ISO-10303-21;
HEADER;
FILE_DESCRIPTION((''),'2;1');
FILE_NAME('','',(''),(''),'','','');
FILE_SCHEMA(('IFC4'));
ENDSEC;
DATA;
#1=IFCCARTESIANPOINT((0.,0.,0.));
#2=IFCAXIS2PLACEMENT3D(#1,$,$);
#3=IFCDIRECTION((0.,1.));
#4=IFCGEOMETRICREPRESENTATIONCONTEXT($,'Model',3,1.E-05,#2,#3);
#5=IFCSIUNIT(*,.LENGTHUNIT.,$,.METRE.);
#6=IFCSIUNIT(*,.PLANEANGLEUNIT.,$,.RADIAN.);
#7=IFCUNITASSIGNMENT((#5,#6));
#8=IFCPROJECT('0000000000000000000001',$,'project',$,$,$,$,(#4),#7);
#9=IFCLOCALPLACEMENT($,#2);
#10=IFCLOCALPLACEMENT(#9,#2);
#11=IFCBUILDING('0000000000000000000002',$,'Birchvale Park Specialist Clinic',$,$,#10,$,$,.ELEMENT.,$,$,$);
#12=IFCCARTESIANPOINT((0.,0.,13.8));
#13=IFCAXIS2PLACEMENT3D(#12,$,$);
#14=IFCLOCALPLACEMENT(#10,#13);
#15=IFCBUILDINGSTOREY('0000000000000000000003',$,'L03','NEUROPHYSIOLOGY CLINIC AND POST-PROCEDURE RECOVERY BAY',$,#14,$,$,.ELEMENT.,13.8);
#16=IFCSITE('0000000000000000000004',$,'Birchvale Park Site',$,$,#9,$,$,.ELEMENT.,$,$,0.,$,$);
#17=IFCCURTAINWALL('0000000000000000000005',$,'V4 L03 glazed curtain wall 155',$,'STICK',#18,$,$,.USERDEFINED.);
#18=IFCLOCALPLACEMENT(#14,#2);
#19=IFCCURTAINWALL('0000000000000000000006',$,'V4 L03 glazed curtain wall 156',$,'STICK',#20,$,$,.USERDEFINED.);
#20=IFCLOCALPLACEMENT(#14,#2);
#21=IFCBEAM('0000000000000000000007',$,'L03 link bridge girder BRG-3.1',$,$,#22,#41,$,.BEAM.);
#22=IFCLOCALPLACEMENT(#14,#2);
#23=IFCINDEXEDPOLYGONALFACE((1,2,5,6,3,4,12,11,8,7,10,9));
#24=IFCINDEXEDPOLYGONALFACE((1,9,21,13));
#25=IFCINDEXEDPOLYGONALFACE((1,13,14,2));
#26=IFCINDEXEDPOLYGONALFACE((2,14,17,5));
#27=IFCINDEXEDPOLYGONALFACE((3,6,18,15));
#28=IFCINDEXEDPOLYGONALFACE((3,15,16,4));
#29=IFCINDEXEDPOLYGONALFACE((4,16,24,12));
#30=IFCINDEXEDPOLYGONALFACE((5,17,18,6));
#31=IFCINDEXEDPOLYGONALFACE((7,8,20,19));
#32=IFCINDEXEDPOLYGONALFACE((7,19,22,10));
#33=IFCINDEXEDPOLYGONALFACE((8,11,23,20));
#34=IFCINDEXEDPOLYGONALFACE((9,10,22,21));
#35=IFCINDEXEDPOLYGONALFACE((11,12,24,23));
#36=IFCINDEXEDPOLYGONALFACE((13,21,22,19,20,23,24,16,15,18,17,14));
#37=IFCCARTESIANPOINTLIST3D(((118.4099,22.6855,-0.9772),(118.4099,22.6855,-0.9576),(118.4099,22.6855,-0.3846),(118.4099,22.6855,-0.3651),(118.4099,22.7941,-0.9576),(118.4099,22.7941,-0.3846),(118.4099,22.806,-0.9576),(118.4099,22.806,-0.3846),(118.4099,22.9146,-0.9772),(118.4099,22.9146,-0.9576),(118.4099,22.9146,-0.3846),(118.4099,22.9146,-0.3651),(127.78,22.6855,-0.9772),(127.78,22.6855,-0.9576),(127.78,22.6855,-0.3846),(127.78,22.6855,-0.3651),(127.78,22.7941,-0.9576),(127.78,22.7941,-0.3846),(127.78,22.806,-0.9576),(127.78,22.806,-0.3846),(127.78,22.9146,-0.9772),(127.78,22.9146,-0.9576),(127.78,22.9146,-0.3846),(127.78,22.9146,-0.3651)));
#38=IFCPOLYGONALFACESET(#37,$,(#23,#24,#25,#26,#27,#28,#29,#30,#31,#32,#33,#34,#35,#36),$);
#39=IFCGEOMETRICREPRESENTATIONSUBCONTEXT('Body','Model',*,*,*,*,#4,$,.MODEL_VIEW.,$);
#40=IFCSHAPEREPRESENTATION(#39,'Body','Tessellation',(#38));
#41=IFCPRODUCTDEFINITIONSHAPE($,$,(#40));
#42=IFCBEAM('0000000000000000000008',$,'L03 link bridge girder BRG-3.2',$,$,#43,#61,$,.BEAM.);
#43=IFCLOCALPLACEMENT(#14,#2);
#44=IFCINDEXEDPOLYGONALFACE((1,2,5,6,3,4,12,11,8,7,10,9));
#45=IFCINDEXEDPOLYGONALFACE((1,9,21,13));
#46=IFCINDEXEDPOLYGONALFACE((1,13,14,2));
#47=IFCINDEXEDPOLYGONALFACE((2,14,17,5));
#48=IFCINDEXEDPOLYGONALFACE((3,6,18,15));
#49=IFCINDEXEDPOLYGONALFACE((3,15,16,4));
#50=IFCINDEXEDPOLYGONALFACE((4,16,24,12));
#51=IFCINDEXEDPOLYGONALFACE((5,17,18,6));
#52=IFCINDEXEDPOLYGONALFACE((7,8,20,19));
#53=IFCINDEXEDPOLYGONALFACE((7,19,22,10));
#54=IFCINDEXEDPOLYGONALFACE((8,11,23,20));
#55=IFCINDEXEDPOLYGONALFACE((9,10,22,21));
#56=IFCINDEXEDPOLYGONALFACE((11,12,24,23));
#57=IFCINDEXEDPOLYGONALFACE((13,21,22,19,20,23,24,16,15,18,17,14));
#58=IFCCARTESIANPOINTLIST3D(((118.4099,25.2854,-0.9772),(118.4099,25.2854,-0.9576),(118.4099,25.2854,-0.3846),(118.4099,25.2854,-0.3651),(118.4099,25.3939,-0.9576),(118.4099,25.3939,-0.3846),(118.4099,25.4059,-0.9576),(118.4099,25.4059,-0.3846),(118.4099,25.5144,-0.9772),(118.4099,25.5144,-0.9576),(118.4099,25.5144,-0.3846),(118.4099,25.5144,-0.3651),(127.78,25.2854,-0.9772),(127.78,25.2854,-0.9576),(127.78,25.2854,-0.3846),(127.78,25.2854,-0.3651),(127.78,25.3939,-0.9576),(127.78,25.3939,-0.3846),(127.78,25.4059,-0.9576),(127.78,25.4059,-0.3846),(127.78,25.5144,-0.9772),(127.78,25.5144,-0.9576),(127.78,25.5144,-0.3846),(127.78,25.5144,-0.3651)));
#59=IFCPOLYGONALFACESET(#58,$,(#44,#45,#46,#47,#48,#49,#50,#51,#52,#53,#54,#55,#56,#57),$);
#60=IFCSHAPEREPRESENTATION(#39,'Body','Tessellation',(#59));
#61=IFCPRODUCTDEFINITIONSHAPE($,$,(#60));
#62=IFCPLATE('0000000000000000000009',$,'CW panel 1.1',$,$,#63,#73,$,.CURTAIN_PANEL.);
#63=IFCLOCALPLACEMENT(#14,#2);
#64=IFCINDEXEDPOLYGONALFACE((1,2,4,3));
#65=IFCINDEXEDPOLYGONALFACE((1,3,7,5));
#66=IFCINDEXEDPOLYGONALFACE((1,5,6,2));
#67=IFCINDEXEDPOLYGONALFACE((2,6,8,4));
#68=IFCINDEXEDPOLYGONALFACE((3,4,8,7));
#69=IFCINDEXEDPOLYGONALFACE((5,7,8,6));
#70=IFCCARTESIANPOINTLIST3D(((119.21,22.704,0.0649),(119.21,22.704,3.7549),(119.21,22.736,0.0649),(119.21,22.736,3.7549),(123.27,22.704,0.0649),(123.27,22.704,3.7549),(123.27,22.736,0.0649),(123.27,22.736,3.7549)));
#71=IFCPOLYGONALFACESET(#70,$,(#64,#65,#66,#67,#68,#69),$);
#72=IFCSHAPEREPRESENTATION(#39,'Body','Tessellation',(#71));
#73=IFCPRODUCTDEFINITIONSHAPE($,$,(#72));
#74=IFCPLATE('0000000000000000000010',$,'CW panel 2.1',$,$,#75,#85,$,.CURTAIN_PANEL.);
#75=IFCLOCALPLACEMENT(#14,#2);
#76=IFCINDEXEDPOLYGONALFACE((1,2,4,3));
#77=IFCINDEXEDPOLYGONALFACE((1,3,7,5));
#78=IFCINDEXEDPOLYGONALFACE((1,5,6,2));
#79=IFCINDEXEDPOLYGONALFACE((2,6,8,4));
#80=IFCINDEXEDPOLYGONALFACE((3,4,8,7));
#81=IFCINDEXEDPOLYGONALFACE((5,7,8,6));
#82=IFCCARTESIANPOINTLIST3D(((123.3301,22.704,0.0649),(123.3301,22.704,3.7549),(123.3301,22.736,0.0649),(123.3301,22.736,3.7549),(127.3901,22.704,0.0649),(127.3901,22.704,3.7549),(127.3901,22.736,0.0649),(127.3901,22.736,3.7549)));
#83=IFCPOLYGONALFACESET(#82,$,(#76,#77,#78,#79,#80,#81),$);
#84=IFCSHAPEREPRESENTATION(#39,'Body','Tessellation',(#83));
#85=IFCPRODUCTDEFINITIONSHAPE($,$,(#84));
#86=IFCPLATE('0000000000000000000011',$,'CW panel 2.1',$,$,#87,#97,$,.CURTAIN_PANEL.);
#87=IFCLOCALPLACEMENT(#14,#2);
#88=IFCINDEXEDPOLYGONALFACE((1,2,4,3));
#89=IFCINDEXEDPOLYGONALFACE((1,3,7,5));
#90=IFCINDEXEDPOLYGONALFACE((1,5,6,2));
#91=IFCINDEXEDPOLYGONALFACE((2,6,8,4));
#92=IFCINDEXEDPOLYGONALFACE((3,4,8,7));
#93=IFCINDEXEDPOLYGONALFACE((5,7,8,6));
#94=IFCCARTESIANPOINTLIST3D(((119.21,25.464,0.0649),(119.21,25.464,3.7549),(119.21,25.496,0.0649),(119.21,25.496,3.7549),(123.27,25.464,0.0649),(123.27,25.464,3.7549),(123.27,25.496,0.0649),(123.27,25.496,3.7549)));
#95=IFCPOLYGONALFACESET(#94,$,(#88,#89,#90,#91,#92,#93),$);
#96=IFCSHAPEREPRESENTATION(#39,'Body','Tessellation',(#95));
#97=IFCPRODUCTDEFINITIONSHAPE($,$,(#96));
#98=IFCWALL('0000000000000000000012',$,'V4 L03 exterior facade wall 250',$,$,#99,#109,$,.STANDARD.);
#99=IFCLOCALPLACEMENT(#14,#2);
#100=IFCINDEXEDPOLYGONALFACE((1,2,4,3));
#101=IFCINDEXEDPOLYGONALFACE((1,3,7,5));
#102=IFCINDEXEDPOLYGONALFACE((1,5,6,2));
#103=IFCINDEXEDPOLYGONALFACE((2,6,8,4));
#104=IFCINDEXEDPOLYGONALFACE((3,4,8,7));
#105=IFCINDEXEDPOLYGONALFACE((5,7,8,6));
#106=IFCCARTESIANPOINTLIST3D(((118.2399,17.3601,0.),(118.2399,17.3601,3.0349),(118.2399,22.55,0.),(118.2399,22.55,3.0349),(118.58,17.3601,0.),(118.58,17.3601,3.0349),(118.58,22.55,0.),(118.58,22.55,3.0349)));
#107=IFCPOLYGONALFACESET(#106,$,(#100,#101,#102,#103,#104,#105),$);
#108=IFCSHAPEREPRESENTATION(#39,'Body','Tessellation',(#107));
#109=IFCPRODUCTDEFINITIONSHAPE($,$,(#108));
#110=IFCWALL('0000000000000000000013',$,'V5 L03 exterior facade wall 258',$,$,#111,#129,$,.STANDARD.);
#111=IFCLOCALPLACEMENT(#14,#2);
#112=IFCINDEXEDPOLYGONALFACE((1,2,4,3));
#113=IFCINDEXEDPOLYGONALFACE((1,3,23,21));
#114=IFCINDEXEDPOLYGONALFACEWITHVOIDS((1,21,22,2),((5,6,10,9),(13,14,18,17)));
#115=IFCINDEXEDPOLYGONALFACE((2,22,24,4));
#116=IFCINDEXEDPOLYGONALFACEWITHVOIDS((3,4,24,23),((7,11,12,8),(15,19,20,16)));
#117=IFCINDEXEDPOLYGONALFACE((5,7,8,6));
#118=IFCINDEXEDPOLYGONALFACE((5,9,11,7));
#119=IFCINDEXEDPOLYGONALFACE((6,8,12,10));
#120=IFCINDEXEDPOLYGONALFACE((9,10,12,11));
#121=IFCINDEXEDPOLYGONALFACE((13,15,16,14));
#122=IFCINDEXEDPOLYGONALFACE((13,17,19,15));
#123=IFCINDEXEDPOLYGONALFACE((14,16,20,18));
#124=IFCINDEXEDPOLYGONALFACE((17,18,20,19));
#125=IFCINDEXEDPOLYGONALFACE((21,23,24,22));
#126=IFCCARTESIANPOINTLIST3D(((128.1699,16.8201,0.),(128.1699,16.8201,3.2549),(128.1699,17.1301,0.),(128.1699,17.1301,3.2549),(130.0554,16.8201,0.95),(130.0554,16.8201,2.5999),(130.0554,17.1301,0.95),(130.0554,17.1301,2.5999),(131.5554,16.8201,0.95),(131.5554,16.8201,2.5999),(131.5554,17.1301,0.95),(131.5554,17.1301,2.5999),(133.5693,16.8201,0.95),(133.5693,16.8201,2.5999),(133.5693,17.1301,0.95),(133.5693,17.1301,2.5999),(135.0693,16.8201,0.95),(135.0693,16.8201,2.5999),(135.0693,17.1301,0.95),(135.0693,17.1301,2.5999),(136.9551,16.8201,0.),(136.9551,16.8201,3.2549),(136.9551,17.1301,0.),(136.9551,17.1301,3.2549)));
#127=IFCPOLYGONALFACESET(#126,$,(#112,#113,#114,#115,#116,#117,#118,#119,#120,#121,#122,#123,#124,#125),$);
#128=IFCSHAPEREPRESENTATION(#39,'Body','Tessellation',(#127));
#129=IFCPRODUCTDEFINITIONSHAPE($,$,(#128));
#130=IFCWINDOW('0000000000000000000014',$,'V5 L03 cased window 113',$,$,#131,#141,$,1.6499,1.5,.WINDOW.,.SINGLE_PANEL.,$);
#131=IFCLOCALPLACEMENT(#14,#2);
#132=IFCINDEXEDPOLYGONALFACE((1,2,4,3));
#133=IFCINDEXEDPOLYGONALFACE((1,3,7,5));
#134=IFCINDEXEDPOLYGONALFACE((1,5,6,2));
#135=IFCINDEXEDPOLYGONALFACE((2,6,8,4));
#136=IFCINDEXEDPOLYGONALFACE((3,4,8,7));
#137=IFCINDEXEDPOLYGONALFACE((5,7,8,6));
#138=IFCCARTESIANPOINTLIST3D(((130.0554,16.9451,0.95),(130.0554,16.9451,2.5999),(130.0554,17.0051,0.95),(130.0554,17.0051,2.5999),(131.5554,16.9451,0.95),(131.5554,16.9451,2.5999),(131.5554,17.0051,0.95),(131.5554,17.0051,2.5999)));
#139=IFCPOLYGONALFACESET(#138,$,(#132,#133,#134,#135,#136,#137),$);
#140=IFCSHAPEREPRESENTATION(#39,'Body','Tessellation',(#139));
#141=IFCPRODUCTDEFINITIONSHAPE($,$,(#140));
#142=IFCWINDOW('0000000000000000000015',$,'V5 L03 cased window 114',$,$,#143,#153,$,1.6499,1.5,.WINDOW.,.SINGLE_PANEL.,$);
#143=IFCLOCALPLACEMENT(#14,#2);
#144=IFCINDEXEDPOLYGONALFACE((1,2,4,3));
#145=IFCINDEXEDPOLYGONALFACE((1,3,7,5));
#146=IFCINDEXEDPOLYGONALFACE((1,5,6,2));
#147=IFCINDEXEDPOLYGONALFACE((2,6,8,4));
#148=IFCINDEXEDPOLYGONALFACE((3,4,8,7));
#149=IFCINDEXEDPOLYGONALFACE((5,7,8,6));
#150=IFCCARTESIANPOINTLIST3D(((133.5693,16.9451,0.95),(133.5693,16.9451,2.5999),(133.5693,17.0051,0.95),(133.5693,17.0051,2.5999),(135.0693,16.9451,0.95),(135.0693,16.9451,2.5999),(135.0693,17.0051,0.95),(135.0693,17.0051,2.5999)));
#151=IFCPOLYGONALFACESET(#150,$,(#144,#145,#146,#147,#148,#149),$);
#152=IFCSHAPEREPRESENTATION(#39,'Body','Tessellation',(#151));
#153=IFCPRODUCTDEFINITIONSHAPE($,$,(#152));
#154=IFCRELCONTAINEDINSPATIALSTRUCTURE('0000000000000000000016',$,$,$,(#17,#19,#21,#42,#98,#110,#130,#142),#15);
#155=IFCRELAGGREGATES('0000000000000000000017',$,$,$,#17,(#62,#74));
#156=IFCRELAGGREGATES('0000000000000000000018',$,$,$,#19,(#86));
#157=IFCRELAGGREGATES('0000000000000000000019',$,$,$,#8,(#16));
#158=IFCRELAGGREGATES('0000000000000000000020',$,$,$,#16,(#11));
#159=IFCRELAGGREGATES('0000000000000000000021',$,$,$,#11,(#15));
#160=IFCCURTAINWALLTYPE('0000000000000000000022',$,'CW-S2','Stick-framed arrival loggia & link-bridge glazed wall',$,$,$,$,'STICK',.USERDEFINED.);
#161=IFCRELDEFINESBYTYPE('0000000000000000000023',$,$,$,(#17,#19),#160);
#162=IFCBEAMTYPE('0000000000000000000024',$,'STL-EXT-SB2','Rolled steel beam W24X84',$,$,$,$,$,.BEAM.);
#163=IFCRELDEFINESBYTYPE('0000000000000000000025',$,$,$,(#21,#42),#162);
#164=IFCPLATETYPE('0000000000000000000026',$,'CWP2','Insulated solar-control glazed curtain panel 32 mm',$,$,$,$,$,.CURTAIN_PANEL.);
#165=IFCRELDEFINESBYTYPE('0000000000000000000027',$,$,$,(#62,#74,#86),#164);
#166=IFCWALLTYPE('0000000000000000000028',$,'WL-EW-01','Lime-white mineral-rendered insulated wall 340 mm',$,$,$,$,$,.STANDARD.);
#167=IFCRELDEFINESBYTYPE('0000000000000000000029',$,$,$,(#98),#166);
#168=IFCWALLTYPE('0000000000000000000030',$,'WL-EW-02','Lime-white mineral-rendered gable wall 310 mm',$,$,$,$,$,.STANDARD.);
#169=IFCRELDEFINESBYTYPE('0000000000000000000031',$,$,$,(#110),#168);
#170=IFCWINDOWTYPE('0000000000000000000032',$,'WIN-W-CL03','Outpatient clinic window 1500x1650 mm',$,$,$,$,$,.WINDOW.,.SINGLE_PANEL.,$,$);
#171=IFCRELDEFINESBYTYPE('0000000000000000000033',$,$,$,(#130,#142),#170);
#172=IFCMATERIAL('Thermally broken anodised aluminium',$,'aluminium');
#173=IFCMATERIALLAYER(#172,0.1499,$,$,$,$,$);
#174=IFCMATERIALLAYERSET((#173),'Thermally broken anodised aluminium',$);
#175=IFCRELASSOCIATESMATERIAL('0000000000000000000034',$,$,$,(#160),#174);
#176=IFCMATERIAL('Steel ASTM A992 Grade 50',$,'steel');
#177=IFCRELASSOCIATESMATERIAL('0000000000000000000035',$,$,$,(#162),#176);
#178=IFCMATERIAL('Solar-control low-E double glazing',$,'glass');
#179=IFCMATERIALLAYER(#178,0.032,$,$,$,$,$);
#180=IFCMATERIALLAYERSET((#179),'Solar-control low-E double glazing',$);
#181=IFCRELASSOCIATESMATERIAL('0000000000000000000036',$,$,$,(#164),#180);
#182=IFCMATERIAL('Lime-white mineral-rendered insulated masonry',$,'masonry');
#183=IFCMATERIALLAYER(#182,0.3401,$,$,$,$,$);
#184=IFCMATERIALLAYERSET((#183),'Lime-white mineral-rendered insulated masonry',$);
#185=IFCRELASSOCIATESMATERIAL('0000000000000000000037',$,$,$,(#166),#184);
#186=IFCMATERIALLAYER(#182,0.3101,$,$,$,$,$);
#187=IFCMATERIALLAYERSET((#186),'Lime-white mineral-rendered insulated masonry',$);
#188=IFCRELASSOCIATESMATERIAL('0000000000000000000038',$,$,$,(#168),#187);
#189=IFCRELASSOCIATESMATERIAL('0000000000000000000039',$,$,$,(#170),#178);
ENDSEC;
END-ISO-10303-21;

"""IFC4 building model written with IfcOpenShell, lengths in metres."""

from ifc_helpers import new_model, si_unit, direction, frame, frame_2d, origin, origin_2d, place, context, subcontext, project, spatial, rectangle, i_section, extrude, material, layer, layer_set, material_profile, profile_set, type_object, element, fill, aggregate, save


model = new_model("IFC4")

# Units and contexts
model_context = context("Model", 3, precision=1e-05, world=origin(), true_north=direction((0.0, 1.0)))
body_context = subcontext(model_context, "Body", "Model", "MODEL_VIEW")
ifc_project = project(units=[si_unit("LENGTHUNIT", "METRE"), si_unit("PLANEANGLEUNIT", "RADIAN")], contexts=[model_context])

# Site, building, storey
site_placement = place(None, origin())
site = spatial("IfcSite", under=ifc_project, at=site_placement, Name="Birchvale Park Site", CompositionType="ELEMENT", RefElevation=0.0)
building_placement = place(site_placement, origin())
building = spatial("IfcBuilding", under=site, at=building_placement, Name="Birchvale Park Specialist Clinic", CompositionType="ELEMENT")
storey_placement = place(building_placement, frame((0.0, 0.0, 13.8)))
storey = spatial("IfcBuildingStorey", under=building, at=storey_placement, Name="L03", Description="NEUROPHYSIOLOGY CLINIC AND POST-PROCEDURE RECOVERY BAY", CompositionType="ELEMENT", Elevation=13.8)

# Curtain wall
ifc_material_1 = material(Name="Thermally broken anodised aluminium", Category="aluminium")
ifc_layer_1 = layer(ifc_material_1, 0.1499)
ifc_layer_set_1 = layer_set([ifc_layer_1], Name="Thermally broken anodised aluminium")
curtain_wall_type = type_object("IfcCurtainWallType", Name="CW-S2", Description="Stick-framed arrival loggia & link-bridge glazed wall", ElementType="STICK", PredefinedType="USERDEFINED", material=ifc_layer_set_1)
curtain_wall_1_placement = place(storey_placement, origin())
curtain_wall_1 = element("IfcCurtainWall", 1, at=curtain_wall_1_placement, inside=storey, type_object=curtain_wall_type, Name="V4 L03 glazed curtain wall 155", ObjectType="STICK", PredefinedType="USERDEFINED")

# Curtain wall
curtain_wall_2_placement = place(storey_placement, origin())
curtain_wall_2 = element("IfcCurtainWall", 2, at=curtain_wall_2_placement, inside=storey, type_object=curtain_wall_type, Name="V4 L03 glazed curtain wall 156", ObjectType="STICK", PredefinedType="USERDEFINED")

# Beams
ifc_material_2 = material(Name="Steel ASTM A992 Grade 50", Category="steel")
ifc_material_profile_1 = material_profile(ifc_material_2, i_section(OverallWidth=0.229, OverallDepth=0.6121, WebThickness=0.012, FlangeThickness=0.0195, at=origin_2d()), Name="W24X84")
ifc_profile_set_1 = profile_set([ifc_material_profile_1], Name="Steel ASTM A992 Grade 50")
beam_type_1 = type_object("IfcBeamType", Name="STL-EXT-SB2", Description="Rolled steel beam W24X84", PredefinedType="BEAM", material=ifc_profile_set_1)
for number, where, z_axis, x_axis, name in (
    (3, (118.4099, 22.8, -0.6711), (1.0, 0.0, 0.0), (0.0, 1.0, 0.0), "L03 link bridge girder BRG-3.1"),
    (4, (118.4099, 25.3999, -0.6711), (1.0, 0.0, 0.0), (0.0, 1.0, 0.0), "L03 link bridge girder BRG-3.2"),
):
    element("IfcBeam", number, at=place(storey_placement, frame(where, z_axis=z_axis, x_axis=x_axis)), inside=storey, type_object=beam_type_1, Name=name, PredefinedType="BEAM", context=body_context, shape_type="SweptSolid", body=[
        extrude(i_section(OverallWidth=0.229, OverallDepth=0.6121, WebThickness=0.012, FlangeThickness=0.0195, at=origin_2d()), origin(), (0.0, 0.0, 1.0), 9.3701),
    ])

# Plates
ifc_material_3 = material(Name="Solar-control low-E double glazing", Category="glass")
ifc_layer_2 = layer(ifc_material_3, 0.032)
ifc_layer_set_2 = layer_set([ifc_layer_2], Name="Solar-control low-E double glazing")
plate_type = type_object("IfcPlateType", Name="CWP2", Description="Insulated solar-control glazed curtain panel 32 mm", PredefinedType="CURTAIN_PANEL", material=ifc_layer_set_2)
plate_1_placement = place(storey_placement, frame((121.24, 22.72, 0.0649), z_axis=(0.0, 0.0, 1.0), x_axis=(1.0, 0.0, 0.0)))
plate_1 = element("IfcPlate", 5, at=plate_1_placement, type_object=plate_type, Name="CW panel 1.1", PredefinedType="CURTAIN_PANEL", context=body_context, shape_type="SweptSolid", body=[
    extrude(rectangle(XDim=4.0601, YDim=0.032, at=origin_2d()), origin(), (0.0, 0.0, 1.0), 3.6899),
])
plate_2_placement = place(storey_placement, frame((125.3601, 22.72, 0.0649), z_axis=(0.0, 0.0, 1.0), x_axis=(1.0, 0.0, 0.0)))
plate_2 = element("IfcPlate", 6, at=plate_2_placement, type_object=plate_type, Name="CW panel 2.1", PredefinedType="CURTAIN_PANEL", context=body_context, shape_type="SweptSolid", body=[
    extrude(rectangle(XDim=4.0601, YDim=0.032, at=origin_2d()), origin(), (0.0, 0.0, 1.0), 3.6899),
])
aggregate(curtain_wall_1, [plate_1, plate_2])
plate_3_placement = place(storey_placement, frame((121.24, 25.48, 0.0649), z_axis=(0.0, 0.0, 1.0), x_axis=(-1.0, 0.0, 0.0)))
plate_3 = element("IfcPlate", 7, at=plate_3_placement, type_object=plate_type, Name="CW panel 2.1", PredefinedType="CURTAIN_PANEL", context=body_context, shape_type="SweptSolid", body=[
    extrude(rectangle(XDim=4.0601, YDim=0.032, at=origin_2d()), origin(), (0.0, 0.0, 1.0), 3.6899),
])
aggregate(curtain_wall_2, [plate_3])

# Wall
ifc_material_4 = material(Name="Lime-white mineral-rendered insulated masonry", Category="masonry")
ifc_layer_3 = layer(ifc_material_4, 0.3401)
ifc_layer_set_3 = layer_set([ifc_layer_3], Name="Lime-white mineral-rendered insulated masonry")
wall_type_1 = type_object("IfcWallType", Name="WL-EW-01", Description="Lime-white mineral-rendered insulated wall 340 mm", PredefinedType="STANDARD", material=ifc_layer_set_3)
wall_1_placement = place(storey_placement, frame((118.4099, 17.3601, 0.0), z_axis=(0.0, 0.0, 1.0), x_axis=(0.0, 1.0, 0.0)))
element("IfcWall", 8, at=wall_1_placement, inside=storey, type_object=wall_type_1, Name="V4 L03 exterior facade wall 250", PredefinedType="STANDARD", context=body_context, shape_type="SweptSolid", body=[
    extrude(rectangle(XDim=5.1899, YDim=0.3401, at=frame_2d((2.595, 0.0))), origin(), (0.0, 0.0, 1.0), 3.0349),
])

# Wall, openings, windows
ifc_layer_4 = layer(ifc_material_4, 0.3101)
ifc_layer_set_4 = layer_set([ifc_layer_4], Name="Lime-white mineral-rendered insulated masonry")
wall_type_2 = type_object("IfcWallType", Name="WL-EW-02", Description="Lime-white mineral-rendered gable wall 310 mm", PredefinedType="STANDARD", material=ifc_layer_set_4)
wall_2_placement = place(storey_placement, frame((128.1699, 16.9751, 0.0), z_axis=(0.0, 0.0, 1.0), x_axis=(1.0, 0.0, 0.0)))
wall_2 = element("IfcWall", 9, at=wall_2_placement, inside=storey, type_object=wall_type_2, Name="V5 L03 exterior facade wall 258", PredefinedType="STANDARD", context=body_context, shape_type="SweptSolid", body=[
    extrude(rectangle(XDim=8.7852, YDim=0.3101, at=frame_2d((4.3926, 0.0))), origin(), (0.0, 0.0, 1.0), 3.2549),
])
opening_1_placement = place(wall_2_placement, frame((1.8855, 0.0, 0.95)))
opening_1 = element("IfcOpeningElement", 10, at=opening_1_placement, cuts=wall_2, PredefinedType="OPENING", context=body_context, shape_type="SweptSolid", body=[
    extrude(rectangle(XDim=1.5, YDim=1.6499, at=frame_2d((0.75, 0.825))), frame((0.0, 0.165, 0.0), z_axis=(0.0, -1.0, 0.0), x_axis=(1.0, 0.0, 0.0)), (0.0, 0.0, 1.0), 0.3301),
])
opening_2_placement = place(wall_2_placement, frame((5.3994, 0.0, 0.95)))
opening_2 = element("IfcOpeningElement", 11, at=opening_2_placement, cuts=wall_2, PredefinedType="OPENING", context=body_context, shape_type="SweptSolid", body=[
    extrude(rectangle(XDim=1.5, YDim=1.6499, at=frame_2d((0.75, 0.825))), frame((0.0, 0.165, 0.0), z_axis=(0.0, -1.0, 0.0), x_axis=(1.0, 0.0, 0.0)), (0.0, 0.0, 1.0), 0.3301),
])
window_type = type_object("IfcWindowType", Name="WIN-W-CL03", Description="Outpatient clinic window 1500x1650 mm", PartitioningType="SINGLE_PANEL", PredefinedType="WINDOW", material=ifc_material_3)
window_1_placement = place(opening_1_placement, origin())
window_1 = element("IfcWindow", 12, at=window_1_placement, inside=storey, type_object=window_type, Name="V5 L03 cased window 113", OverallHeight=1.6499, OverallWidth=1.5, PartitioningType="SINGLE_PANEL", PredefinedType="WINDOW", context=body_context, shape_type="SweptSolid", body=[
    extrude(rectangle(XDim=1.5, YDim=1.6499, at=frame_2d((0.75, 0.825))), frame((0.0, 0.03, 0.0), z_axis=(0.0, -1.0, 0.0), x_axis=(1.0, 0.0, 0.0)), (0.0, 0.0, 1.0), 0.0601),
])
fill(opening_1, window_1)
window_2_placement = place(opening_2_placement, origin())
window_2 = element("IfcWindow", 13, at=window_2_placement, inside=storey, type_object=window_type, Name="V5 L03 cased window 114", OverallHeight=1.6499, OverallWidth=1.5, PartitioningType="SINGLE_PANEL", PredefinedType="WINDOW", context=body_context, shape_type="SweptSolid", body=[
    extrude(rectangle(XDim=1.5, YDim=1.6499, at=frame_2d((0.75, 0.825))), frame((0.0, 0.03, 0.0), z_axis=(0.0, -1.0, 0.0), x_axis=(1.0, 0.0, 0.0)), (0.0, 0.0, 1.0), 0.0601),
])
fill(opening_2, window_2)

save(model, "model.ifc")
